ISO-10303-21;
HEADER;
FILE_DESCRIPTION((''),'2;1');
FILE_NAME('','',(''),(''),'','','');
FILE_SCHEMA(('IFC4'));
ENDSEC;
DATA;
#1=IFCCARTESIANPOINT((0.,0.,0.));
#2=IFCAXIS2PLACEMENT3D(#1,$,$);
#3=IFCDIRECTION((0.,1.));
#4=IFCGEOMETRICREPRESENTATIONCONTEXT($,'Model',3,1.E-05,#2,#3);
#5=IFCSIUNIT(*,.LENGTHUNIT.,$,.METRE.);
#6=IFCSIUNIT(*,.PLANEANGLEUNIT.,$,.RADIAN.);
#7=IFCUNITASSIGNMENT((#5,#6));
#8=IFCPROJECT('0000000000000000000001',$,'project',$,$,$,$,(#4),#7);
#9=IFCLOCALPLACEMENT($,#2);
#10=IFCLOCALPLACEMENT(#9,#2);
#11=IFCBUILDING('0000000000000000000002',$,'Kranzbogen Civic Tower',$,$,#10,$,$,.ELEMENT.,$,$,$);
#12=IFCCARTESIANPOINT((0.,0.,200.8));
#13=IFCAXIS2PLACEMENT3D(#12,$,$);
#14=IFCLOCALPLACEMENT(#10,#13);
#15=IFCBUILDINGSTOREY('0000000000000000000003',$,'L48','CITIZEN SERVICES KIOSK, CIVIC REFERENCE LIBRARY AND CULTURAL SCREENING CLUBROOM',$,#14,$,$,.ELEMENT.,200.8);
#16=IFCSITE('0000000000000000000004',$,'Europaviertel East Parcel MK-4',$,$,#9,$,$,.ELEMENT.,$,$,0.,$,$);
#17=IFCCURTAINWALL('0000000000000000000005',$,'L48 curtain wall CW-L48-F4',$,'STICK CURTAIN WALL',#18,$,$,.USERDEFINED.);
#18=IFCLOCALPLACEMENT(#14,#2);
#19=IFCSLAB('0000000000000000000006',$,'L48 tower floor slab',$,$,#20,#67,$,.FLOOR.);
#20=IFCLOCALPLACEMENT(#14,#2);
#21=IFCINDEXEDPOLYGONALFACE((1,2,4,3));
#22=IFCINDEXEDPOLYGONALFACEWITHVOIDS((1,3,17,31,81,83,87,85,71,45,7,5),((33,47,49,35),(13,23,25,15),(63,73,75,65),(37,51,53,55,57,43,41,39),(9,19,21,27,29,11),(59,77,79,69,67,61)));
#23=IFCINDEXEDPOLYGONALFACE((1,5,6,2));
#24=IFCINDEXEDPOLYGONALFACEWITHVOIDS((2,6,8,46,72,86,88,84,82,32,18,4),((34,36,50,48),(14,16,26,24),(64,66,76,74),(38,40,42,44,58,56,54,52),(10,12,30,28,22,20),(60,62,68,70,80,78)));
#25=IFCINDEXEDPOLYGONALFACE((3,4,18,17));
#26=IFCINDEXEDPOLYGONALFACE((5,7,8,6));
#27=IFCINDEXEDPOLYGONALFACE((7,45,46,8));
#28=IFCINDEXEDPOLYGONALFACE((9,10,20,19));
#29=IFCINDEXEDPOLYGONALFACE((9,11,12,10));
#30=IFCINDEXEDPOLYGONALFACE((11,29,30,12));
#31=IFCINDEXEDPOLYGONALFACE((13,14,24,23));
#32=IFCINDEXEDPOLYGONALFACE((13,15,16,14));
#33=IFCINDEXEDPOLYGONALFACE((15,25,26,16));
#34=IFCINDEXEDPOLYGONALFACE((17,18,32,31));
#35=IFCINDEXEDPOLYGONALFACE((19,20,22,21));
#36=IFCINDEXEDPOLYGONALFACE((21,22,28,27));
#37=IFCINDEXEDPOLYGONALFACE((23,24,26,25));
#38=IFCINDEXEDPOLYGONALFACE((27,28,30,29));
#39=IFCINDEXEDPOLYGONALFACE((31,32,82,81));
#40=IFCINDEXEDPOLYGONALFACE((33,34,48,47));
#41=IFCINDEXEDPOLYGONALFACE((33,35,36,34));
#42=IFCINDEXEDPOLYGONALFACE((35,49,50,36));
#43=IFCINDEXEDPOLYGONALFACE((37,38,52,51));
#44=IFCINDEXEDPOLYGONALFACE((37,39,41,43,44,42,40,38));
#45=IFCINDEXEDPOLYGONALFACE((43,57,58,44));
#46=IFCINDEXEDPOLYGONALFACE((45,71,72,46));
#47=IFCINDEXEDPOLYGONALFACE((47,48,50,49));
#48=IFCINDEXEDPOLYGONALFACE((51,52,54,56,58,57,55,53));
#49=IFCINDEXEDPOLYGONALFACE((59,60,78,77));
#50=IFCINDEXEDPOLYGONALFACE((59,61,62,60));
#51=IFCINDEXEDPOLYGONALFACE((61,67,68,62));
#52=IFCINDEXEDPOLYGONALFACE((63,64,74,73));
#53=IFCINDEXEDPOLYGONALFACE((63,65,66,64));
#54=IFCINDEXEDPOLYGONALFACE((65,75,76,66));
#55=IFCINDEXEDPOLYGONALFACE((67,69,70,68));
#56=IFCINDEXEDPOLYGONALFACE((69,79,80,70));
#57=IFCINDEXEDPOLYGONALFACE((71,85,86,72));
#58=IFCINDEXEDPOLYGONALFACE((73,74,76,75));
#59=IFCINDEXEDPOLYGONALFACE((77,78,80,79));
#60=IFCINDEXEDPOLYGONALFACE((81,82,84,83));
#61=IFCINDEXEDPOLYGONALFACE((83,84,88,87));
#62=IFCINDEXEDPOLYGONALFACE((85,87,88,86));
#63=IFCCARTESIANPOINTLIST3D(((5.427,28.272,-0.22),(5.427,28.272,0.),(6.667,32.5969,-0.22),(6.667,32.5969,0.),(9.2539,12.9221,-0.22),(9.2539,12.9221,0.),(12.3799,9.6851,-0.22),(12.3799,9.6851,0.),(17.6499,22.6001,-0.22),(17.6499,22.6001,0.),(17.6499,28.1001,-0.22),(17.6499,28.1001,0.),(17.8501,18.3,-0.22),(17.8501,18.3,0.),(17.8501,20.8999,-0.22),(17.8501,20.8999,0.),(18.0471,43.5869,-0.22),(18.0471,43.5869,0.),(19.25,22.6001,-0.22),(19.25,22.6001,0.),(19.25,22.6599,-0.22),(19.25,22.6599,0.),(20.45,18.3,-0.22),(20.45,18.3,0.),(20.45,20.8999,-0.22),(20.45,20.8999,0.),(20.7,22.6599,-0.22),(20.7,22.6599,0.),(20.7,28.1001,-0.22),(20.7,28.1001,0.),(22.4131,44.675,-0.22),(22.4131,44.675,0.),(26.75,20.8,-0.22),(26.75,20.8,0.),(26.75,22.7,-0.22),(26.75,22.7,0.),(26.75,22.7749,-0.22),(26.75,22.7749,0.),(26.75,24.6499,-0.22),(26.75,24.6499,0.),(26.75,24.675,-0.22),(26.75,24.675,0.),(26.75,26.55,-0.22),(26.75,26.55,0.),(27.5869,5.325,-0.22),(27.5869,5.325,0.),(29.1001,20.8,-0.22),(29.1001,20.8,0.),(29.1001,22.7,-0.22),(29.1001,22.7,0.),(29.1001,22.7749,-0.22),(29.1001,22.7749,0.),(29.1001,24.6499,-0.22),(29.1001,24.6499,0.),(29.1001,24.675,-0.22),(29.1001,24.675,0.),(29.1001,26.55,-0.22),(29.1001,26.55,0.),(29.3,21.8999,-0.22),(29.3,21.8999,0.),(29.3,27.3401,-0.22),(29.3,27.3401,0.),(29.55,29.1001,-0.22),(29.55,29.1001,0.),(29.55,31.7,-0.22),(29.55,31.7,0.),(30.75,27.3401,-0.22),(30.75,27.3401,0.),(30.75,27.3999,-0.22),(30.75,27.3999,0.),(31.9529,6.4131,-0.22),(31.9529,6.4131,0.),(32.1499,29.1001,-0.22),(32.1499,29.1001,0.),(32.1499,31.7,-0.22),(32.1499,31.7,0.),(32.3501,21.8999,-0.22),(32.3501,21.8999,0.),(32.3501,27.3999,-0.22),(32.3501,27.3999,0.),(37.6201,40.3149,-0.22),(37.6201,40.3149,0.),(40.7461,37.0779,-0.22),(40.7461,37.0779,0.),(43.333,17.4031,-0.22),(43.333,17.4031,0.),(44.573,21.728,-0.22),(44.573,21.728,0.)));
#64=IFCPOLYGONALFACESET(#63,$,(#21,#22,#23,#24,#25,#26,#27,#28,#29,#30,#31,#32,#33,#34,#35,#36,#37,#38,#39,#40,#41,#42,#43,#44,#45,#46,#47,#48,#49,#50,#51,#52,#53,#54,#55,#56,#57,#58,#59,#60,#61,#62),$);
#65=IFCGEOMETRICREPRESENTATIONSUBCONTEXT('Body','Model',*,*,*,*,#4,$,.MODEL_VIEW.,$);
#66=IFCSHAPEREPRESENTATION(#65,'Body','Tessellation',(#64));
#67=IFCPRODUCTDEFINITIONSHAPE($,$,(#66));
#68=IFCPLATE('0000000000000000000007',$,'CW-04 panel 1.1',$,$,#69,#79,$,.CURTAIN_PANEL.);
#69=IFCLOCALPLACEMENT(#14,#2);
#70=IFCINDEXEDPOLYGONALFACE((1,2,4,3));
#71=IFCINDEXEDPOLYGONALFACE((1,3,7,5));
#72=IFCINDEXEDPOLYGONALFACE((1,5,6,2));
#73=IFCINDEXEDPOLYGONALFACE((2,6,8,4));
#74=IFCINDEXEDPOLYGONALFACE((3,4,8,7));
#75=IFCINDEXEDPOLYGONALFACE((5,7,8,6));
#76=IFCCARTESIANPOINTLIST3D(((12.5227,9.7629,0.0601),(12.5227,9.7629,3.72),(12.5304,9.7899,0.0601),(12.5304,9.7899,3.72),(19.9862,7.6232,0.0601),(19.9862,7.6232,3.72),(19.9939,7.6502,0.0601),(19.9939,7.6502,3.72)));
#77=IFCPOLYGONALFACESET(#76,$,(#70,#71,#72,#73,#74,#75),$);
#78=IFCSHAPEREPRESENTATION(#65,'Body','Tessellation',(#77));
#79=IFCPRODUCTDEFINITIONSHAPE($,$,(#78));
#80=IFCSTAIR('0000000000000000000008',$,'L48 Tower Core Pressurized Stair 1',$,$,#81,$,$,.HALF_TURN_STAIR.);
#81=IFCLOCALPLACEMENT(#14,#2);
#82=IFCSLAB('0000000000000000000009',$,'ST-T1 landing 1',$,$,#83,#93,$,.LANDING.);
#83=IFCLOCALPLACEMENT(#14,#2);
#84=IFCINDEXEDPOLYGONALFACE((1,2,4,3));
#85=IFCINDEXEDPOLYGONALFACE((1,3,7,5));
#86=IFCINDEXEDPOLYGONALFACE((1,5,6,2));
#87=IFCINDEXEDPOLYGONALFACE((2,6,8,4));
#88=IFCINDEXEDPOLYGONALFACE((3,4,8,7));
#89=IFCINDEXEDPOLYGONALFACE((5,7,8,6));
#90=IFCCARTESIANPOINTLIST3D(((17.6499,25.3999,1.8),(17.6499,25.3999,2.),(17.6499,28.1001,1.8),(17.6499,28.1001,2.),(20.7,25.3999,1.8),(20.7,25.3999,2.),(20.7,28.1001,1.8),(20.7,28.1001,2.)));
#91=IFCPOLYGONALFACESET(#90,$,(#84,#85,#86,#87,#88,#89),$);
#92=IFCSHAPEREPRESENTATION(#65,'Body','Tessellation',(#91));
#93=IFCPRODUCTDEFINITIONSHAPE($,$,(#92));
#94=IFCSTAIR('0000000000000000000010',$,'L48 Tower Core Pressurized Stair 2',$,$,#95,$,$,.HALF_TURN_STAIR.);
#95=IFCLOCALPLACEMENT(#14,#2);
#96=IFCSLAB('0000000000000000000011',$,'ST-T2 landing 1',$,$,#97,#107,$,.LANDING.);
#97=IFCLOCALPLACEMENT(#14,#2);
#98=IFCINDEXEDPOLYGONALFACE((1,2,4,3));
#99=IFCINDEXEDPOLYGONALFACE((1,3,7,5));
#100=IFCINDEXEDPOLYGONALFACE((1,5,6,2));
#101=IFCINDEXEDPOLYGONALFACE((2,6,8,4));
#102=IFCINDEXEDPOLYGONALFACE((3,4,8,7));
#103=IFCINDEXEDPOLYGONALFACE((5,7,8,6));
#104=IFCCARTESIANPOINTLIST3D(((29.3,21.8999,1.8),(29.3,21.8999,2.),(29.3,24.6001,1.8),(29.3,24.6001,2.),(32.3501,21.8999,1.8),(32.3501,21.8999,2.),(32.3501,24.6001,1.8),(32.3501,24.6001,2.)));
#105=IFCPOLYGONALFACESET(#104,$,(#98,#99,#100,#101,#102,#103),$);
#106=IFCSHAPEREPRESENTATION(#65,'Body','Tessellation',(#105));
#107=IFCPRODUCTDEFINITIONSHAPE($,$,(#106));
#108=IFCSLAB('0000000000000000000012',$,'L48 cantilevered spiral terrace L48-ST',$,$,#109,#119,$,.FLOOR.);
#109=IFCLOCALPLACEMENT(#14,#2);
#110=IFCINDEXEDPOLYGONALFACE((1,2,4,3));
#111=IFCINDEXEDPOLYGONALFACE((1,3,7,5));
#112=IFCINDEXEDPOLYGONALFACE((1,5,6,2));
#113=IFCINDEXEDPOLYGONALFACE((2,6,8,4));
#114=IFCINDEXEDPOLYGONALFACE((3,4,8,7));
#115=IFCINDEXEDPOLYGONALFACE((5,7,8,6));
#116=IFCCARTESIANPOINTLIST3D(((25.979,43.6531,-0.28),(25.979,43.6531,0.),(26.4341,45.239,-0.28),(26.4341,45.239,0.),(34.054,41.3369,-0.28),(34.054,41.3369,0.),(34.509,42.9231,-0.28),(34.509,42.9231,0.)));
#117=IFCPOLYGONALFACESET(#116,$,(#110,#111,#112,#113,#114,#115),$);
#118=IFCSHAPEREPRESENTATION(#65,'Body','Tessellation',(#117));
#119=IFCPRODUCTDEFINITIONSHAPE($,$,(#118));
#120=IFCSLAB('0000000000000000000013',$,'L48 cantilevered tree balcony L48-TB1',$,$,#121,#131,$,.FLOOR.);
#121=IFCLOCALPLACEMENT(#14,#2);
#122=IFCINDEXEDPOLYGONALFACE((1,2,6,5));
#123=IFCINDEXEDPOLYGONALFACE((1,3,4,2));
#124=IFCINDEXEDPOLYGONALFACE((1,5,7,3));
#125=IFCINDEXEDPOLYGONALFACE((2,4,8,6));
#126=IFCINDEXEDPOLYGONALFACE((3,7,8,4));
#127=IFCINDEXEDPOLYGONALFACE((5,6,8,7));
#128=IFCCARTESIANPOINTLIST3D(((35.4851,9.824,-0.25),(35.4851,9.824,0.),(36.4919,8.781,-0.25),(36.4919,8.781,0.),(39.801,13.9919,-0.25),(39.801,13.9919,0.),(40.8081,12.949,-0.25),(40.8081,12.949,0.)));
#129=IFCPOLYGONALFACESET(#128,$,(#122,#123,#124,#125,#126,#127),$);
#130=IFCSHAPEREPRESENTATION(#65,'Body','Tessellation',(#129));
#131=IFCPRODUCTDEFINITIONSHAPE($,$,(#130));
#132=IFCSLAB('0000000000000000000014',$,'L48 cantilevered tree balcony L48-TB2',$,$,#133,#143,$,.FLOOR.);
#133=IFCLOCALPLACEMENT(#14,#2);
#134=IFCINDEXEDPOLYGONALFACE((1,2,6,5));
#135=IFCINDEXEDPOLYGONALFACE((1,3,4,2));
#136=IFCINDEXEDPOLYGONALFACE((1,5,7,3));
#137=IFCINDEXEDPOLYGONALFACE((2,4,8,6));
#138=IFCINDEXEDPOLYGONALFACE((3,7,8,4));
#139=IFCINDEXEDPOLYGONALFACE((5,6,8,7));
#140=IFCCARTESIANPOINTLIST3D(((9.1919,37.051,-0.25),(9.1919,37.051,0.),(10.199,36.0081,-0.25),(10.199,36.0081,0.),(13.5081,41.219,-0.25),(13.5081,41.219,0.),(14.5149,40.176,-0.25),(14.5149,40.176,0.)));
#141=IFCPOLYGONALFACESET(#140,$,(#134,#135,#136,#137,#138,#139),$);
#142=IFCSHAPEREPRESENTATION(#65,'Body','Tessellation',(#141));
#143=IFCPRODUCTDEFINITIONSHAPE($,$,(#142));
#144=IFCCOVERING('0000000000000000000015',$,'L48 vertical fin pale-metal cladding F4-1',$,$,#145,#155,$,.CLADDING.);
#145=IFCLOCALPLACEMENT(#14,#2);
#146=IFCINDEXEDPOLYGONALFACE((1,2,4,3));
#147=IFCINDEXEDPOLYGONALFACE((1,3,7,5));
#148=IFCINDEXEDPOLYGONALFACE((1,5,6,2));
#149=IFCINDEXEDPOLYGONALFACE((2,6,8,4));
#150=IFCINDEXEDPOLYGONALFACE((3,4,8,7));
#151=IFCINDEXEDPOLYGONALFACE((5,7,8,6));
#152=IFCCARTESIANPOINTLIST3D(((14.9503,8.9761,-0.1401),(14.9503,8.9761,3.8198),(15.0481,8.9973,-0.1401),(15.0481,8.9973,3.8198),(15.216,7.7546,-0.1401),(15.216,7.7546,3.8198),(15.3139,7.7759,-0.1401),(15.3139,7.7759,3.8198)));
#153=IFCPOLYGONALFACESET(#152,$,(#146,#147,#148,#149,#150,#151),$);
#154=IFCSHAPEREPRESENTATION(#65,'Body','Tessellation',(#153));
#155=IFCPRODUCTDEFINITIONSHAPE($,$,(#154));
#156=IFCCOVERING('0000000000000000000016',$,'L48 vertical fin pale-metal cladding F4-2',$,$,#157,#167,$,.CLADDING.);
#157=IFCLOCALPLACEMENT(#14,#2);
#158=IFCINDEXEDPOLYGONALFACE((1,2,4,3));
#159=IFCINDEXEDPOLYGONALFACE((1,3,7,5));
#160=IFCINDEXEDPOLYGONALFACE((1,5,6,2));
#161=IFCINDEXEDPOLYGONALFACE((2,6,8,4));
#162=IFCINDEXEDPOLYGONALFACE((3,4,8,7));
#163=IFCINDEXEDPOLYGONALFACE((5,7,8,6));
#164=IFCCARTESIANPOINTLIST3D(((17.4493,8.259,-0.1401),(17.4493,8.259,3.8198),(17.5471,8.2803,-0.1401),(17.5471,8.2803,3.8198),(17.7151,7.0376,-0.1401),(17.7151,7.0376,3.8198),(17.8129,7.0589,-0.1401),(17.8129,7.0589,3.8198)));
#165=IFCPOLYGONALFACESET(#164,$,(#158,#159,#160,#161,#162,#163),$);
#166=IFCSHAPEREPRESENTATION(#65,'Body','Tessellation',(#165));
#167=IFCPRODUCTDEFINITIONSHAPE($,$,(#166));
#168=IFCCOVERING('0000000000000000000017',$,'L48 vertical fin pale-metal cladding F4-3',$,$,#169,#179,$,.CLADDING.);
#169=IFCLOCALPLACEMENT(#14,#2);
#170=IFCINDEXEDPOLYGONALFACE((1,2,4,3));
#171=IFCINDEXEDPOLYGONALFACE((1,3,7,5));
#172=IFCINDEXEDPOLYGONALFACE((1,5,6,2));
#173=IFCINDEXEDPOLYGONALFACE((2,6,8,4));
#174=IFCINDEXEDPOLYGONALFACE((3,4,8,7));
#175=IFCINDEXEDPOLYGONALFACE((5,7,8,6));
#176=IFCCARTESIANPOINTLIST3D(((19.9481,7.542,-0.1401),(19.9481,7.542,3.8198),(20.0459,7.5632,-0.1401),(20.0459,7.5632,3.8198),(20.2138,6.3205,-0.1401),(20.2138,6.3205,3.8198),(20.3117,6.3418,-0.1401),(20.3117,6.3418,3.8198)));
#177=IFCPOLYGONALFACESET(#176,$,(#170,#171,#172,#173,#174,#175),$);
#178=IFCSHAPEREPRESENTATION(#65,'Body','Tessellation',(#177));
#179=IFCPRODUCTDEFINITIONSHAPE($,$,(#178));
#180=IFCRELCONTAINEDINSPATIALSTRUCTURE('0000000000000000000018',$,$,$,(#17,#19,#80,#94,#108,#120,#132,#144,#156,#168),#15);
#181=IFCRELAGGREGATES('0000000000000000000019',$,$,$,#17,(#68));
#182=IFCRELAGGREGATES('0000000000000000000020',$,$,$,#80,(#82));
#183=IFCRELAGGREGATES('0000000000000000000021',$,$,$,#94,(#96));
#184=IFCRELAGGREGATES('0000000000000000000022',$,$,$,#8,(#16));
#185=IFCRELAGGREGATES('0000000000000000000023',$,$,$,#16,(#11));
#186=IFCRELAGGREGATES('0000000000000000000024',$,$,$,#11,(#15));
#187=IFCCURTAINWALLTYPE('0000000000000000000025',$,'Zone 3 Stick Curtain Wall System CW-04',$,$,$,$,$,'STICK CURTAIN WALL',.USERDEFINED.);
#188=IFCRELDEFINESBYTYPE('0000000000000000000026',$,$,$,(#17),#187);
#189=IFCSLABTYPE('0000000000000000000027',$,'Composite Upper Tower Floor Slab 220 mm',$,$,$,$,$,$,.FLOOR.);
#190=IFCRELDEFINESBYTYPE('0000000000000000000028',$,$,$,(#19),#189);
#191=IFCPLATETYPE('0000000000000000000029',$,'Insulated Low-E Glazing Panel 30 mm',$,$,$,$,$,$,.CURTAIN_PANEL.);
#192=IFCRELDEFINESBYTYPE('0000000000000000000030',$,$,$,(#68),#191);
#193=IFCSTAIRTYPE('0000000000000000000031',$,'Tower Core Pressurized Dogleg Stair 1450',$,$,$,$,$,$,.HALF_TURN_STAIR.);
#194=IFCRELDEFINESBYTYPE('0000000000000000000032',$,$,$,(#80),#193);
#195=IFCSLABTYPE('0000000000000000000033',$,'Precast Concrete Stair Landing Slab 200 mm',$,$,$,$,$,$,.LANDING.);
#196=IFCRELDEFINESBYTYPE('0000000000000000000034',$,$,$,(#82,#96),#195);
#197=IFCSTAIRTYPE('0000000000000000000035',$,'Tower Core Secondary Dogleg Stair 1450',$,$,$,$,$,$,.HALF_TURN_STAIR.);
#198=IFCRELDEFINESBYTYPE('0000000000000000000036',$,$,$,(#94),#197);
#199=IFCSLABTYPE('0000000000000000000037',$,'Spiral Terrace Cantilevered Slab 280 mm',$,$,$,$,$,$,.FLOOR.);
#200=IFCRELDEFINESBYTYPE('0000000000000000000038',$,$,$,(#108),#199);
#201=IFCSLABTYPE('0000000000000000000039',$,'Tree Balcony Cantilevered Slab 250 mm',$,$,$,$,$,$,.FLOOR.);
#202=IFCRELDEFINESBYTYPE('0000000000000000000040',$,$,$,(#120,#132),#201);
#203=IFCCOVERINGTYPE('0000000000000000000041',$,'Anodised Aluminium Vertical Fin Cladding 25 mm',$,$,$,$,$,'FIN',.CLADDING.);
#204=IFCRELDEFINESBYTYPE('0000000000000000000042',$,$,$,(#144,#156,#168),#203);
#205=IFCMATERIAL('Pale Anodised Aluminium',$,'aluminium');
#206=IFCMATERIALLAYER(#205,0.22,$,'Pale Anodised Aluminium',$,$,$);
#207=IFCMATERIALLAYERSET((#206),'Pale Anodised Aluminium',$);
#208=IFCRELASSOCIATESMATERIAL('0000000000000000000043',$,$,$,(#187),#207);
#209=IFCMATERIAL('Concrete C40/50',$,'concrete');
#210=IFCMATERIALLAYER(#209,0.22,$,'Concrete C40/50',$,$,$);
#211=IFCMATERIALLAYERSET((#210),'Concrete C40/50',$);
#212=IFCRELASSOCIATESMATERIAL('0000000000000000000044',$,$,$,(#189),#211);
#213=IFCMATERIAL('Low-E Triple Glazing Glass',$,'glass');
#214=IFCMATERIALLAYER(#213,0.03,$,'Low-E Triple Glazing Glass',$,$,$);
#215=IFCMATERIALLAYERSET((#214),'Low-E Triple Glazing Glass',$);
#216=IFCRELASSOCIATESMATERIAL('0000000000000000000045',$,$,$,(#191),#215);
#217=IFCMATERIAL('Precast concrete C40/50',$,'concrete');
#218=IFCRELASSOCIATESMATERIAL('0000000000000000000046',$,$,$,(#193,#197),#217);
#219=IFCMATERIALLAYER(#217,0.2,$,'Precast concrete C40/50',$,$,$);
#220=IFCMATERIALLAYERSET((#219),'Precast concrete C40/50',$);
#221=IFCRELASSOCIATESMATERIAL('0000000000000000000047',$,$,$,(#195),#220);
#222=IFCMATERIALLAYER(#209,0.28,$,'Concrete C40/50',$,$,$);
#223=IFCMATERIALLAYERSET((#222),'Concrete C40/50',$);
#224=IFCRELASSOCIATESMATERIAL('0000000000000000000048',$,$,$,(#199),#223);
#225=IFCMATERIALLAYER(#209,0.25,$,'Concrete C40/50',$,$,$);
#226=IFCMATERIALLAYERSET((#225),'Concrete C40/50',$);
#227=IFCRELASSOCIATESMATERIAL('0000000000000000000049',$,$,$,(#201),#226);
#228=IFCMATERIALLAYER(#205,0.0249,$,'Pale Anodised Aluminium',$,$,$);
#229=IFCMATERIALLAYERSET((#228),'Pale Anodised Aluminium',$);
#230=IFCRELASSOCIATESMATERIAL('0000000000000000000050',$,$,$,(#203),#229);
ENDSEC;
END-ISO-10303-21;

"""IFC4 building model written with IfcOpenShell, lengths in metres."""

from ifc_helpers import new_model, si_unit, direction, frame, origin, origin_2d, place, context, subcontext, project, spatial, polyline, rectangle, outline, extrude, material, layer, layer_set, type_object, element, aggregate, save


model = new_model("IFC4")

# Units and contexts
model_context = context("Model", 3, precision=1e-05, world=origin(), true_north=direction((0.0, 1.0)))
body_context = subcontext(model_context, "Body", "Model", "MODEL_VIEW")
ifc_project = project(units=[si_unit("LENGTHUNIT", "METRE"), si_unit("PLANEANGLEUNIT", "RADIAN")], contexts=[model_context])

# Site, building, storey
site_placement = place(None, origin())
site = spatial("IfcSite", under=ifc_project, at=site_placement, Name="Europaviertel East Parcel MK-4", CompositionType="ELEMENT", RefElevation=0.0)
building_placement = place(site_placement, origin())
building = spatial("IfcBuilding", under=site, at=building_placement, Name="Kranzbogen Civic Tower", CompositionType="ELEMENT")
storey_placement = place(building_placement, frame((0.0, 0.0, 200.8)))
storey = spatial("IfcBuildingStorey", under=building, at=storey_placement, Name="L48", Description="CITIZEN SERVICES KIOSK, CIVIC REFERENCE LIBRARY AND CULTURAL SCREENING CLUBROOM", CompositionType="ELEMENT", Elevation=200.8)

# Curtain wall
ifc_material_1 = material(Name="Pale Anodised Aluminium", Category="aluminium")
ifc_layer_1 = layer(ifc_material_1, 0.22, Name="Pale Anodised Aluminium")
ifc_layer_set_1 = layer_set([ifc_layer_1], Name="Pale Anodised Aluminium")
curtain_wall_type = type_object("IfcCurtainWallType", Name="Zone 3 Stick Curtain Wall System CW-04", ElementType="STICK CURTAIN WALL", PredefinedType="USERDEFINED", material=ifc_layer_set_1)
curtain_wall_placement = place(storey_placement, origin())
curtain_wall = element("IfcCurtainWall", 1, at=curtain_wall_placement, inside=storey, type_object=curtain_wall_type, Name="L48 curtain wall CW-L48-F4", ObjectType="STICK CURTAIN WALL", PredefinedType="USERDEFINED")

# Slab
ifc_material_2 = material(Name="Concrete C40/50", Category="concrete")
ifc_layer_2 = layer(ifc_material_2, 0.22, Name="Concrete C40/50")
ifc_layer_set_2 = layer_set([ifc_layer_2], Name="Concrete C40/50")
slab_type_1 = type_object("IfcSlabType", Name="Composite Upper Tower Floor Slab 220 mm", PredefinedType="FLOOR", material=ifc_layer_set_2)
slab_1_placement = place(storey_placement, frame((0.0, 0.0, -0.22)))
element("IfcSlab", 2, at=slab_1_placement, inside=storey, type_object=slab_type_1, Name="L48 tower floor slab", PredefinedType="FLOOR", context=body_context, shape_type="SweptSolid", body=[
    extrude(outline(polyline([(37.6201, 40.3149), (22.4131, 44.675), (18.0471, 43.5869), (6.667, 32.5969), (5.427, 28.272), (9.2539, 12.9221), (12.3799, 9.6851), (27.5869, 5.325), (31.9529, 6.4131), (43.333, 17.4031), (44.573, 21.728), (40.7461, 37.0779), (37.6201, 40.3149)]), holes=[polyline([(17.8501, 20.8999), (20.45, 20.8999), (20.45, 18.3), (17.8501, 18.3), (17.8501, 20.8999)]), polyline([(29.1001, 22.7), (29.1001, 20.8), (26.75, 20.8), (26.75, 22.7), (29.1001, 22.7)]), polyline([(29.1001, 24.6499), (29.1001, 22.7749), (26.75, 22.7749), (26.75, 24.6499), (26.75, 24.675), (26.75, 26.55), (29.1001, 26.55), (29.1001, 24.675), (29.1001, 24.6499)]), polyline([(29.3, 27.3401), (30.75, 27.3401), (30.75, 27.3999), (32.3501, 27.3999), (32.3501, 21.8999), (29.3, 21.8999), (29.3, 27.3401)]), polyline([(20.7, 22.6599), (19.25, 22.6599), (19.25, 22.6001), (17.6499, 22.6001), (17.6499, 28.1001), (20.7, 28.1001), (20.7, 22.6599)]), polyline([(32.1499, 31.7), (32.1499, 29.1001), (29.55, 29.1001), (29.55, 31.7), (32.1499, 31.7)])]), origin(), (0.0, 0.0, 1.0), 0.22),
])

# Plate
ifc_material_3 = material(Name="Low-E Triple Glazing Glass", Category="glass")
ifc_layer_3 = layer(ifc_material_3, 0.03, Name="Low-E Triple Glazing Glass")
ifc_layer_set_3 = layer_set([ifc_layer_3], Name="Low-E Triple Glazing Glass")
plate_type = type_object("IfcPlateType", Name="Insulated Low-E Glazing Panel 30 mm", PredefinedType="CURTAIN_PANEL", material=ifc_layer_set_3)
plate_placement = place(storey_placement, frame((16.2583, 8.7065, 0.0601), z_axis=(0.0, 0.0, 1.0), x_axis=(0.961276, -0.275587, 0.0)))
plate = element("IfcPlate", 3, at=plate_placement, type_object=plate_type, Name="CW-04 panel 1.1", PredefinedType="CURTAIN_PANEL", context=body_context, shape_type="SweptSolid", body=[
    extrude(rectangle(XDim=7.7642, YDim=0.0281, at=origin_2d()), origin(), (0.0, 0.0, 1.0), 3.6599),
])
aggregate(curtain_wall, [plate])

# Stairs, slabs
ifc_material_4 = material(Name="Precast concrete C40/50", Category="concrete")
stair_type_1 = type_object("IfcStairType", Name="Tower Core Pressurized Dogleg Stair 1450", PredefinedType="HALF_TURN_STAIR", material=ifc_material_4)
stair_1_placement = place(storey_placement, origin())
stair_1 = element("IfcStair", 4, at=stair_1_placement, inside=storey, type_object=stair_type_1, Name="L48 Tower Core Pressurized Stair 1", PredefinedType="HALF_TURN_STAIR")
ifc_layer_4 = layer(ifc_material_4, 0.2, Name="Precast concrete C40/50")
ifc_layer_set_4 = layer_set([ifc_layer_4], Name="Precast concrete C40/50")
slab_type_2 = type_object("IfcSlabType", Name="Precast Concrete Stair Landing Slab 200 mm", PredefinedType="LANDING", material=ifc_layer_set_4)
slab_2_placement = place(storey_placement, frame((0.0, 0.0, 1.8)))
slab_2 = element("IfcSlab", 5, at=slab_2_placement, type_object=slab_type_2, Name="ST-T1 landing 1", PredefinedType="LANDING", context=body_context, shape_type="SweptSolid", body=[
    extrude(outline(polyline([(20.7, 25.3999), (20.7, 28.1001), (17.6499, 28.1001), (17.6499, 25.3999), (20.7, 25.3999)])), origin(), (0.0, 0.0, 1.0), 0.2),
])
aggregate(stair_1, [slab_2])
stair_type_2 = type_object("IfcStairType", Name="Tower Core Secondary Dogleg Stair 1450", PredefinedType="HALF_TURN_STAIR", material=ifc_material_4)
stair_2_placement = place(storey_placement, origin())
stair_2 = element("IfcStair", 6, at=stair_2_placement, inside=storey, type_object=stair_type_2, Name="L48 Tower Core Pressurized Stair 2", PredefinedType="HALF_TURN_STAIR")
slab_3_placement = place(storey_placement, frame((0.0, 0.0, 1.8)))
slab_3 = element("IfcSlab", 7, at=slab_3_placement, type_object=slab_type_2, Name="ST-T2 landing 1", PredefinedType="LANDING", context=body_context, shape_type="SweptSolid", body=[
    extrude(outline(polyline([(29.3, 24.6001), (29.3, 21.8999), (32.3501, 21.8999), (32.3501, 24.6001), (29.3, 24.6001)])), origin(), (0.0, 0.0, 1.0), 0.2),
])
aggregate(stair_2, [slab_3])

# Slabs
ifc_layer_5 = layer(ifc_material_2, 0.28, Name="Concrete C40/50")
ifc_layer_set_5 = layer_set([ifc_layer_5], Name="Concrete C40/50")
slab_type_3 = type_object("IfcSlabType", Name="Spiral Terrace Cantilevered Slab 280 mm", PredefinedType="FLOOR", material=ifc_layer_set_5)
slab_4_placement = place(storey_placement, frame((0.0, 0.0, -0.28)))
element("IfcSlab", 8, at=slab_4_placement, inside=storey, type_object=slab_type_3, Name="L48 cantilevered spiral terrace L48-ST", PredefinedType="FLOOR", context=body_context, shape_type="SweptSolid", body=[
    extrude(outline(polyline([(34.054, 41.3369), (25.979, 43.6531), (26.4341, 45.239), (34.509, 42.9231), (34.054, 41.3369)])), origin(), (0.0, 0.0, 1.0), 0.28),
])
ifc_layer_6 = layer(ifc_material_2, 0.25, Name="Concrete C40/50")
ifc_layer_set_6 = layer_set([ifc_layer_6], Name="Concrete C40/50")
slab_type_4 = type_object("IfcSlabType", Name="Tree Balcony Cantilevered Slab 250 mm", PredefinedType="FLOOR", material=ifc_layer_set_6)
slab_5_placement = place(storey_placement, frame((0.0, 0.0, -0.25)))
element("IfcSlab", 9, at=slab_5_placement, inside=storey, type_object=slab_type_4, Name="L48 cantilevered tree balcony L48-TB1", PredefinedType="FLOOR", context=body_context, shape_type="SweptSolid", body=[
    extrude(outline(polyline([(35.4851, 9.824), (39.801, 13.9919), (40.8081, 12.949), (36.4919, 8.781), (35.4851, 9.824)])), origin(), (0.0, 0.0, 1.0), 0.25),
])
slab_6_placement = place(storey_placement, frame((0.0, 0.0, -0.25)))
element("IfcSlab", 10, at=slab_6_placement, inside=storey, type_object=slab_type_4, Name="L48 cantilevered tree balcony L48-TB2", PredefinedType="FLOOR", context=body_context, shape_type="SweptSolid", body=[
    extrude(outline(polyline([(14.5149, 40.176), (10.199, 36.0081), (9.1919, 37.051), (13.5081, 41.219), (14.5149, 40.176)])), origin(), (0.0, 0.0, 1.0), 0.25),
])

# Coverings
ifc_layer_7 = layer(ifc_material_1, 0.0249, Name="Pale Anodised Aluminium")
ifc_layer_set_7 = layer_set([ifc_layer_7], Name="Pale Anodised Aluminium")
covering_type_1 = type_object("IfcCoveringType", Name="Anodised Aluminium Vertical Fin Cladding 25 mm", ElementType="FIN", PredefinedType="CLADDING", material=ifc_layer_set_7)
for number, where, z_axis, x_axis, name in (
    (11, (15.1321, 8.376, -0.1401), (0.0, 0.0, 1.0), (0.212587, -0.977142, 0.0), "L48 vertical fin pale-metal cladding F4-1"),
    (12, (17.6311, 7.6589, -0.1401), (0.0, 0.0, 1.0), (0.212587, -0.977142, 0.0), "L48 vertical fin pale-metal cladding F4-2"),
    (13, (20.1299, 6.9419, -0.1401), (0.0, 0.0, 1.0), (0.212587, -0.977142, 0.0), "L48 vertical fin pale-metal cladding F4-3"),
):
    element("IfcCovering", number, at=place(storey_placement, frame(where, z_axis=z_axis, x_axis=x_axis)), inside=storey, type_object=covering_type_1, Name=name, PredefinedType="CLADDING", context=body_context, shape_type="SweptSolid", body=[
        extrude(rectangle(XDim=1.25, YDim=0.1001, at=origin_2d()), origin(), (0.0, 0.0, 1.0), 3.96),
    ])

save(model, "model.ifc")
